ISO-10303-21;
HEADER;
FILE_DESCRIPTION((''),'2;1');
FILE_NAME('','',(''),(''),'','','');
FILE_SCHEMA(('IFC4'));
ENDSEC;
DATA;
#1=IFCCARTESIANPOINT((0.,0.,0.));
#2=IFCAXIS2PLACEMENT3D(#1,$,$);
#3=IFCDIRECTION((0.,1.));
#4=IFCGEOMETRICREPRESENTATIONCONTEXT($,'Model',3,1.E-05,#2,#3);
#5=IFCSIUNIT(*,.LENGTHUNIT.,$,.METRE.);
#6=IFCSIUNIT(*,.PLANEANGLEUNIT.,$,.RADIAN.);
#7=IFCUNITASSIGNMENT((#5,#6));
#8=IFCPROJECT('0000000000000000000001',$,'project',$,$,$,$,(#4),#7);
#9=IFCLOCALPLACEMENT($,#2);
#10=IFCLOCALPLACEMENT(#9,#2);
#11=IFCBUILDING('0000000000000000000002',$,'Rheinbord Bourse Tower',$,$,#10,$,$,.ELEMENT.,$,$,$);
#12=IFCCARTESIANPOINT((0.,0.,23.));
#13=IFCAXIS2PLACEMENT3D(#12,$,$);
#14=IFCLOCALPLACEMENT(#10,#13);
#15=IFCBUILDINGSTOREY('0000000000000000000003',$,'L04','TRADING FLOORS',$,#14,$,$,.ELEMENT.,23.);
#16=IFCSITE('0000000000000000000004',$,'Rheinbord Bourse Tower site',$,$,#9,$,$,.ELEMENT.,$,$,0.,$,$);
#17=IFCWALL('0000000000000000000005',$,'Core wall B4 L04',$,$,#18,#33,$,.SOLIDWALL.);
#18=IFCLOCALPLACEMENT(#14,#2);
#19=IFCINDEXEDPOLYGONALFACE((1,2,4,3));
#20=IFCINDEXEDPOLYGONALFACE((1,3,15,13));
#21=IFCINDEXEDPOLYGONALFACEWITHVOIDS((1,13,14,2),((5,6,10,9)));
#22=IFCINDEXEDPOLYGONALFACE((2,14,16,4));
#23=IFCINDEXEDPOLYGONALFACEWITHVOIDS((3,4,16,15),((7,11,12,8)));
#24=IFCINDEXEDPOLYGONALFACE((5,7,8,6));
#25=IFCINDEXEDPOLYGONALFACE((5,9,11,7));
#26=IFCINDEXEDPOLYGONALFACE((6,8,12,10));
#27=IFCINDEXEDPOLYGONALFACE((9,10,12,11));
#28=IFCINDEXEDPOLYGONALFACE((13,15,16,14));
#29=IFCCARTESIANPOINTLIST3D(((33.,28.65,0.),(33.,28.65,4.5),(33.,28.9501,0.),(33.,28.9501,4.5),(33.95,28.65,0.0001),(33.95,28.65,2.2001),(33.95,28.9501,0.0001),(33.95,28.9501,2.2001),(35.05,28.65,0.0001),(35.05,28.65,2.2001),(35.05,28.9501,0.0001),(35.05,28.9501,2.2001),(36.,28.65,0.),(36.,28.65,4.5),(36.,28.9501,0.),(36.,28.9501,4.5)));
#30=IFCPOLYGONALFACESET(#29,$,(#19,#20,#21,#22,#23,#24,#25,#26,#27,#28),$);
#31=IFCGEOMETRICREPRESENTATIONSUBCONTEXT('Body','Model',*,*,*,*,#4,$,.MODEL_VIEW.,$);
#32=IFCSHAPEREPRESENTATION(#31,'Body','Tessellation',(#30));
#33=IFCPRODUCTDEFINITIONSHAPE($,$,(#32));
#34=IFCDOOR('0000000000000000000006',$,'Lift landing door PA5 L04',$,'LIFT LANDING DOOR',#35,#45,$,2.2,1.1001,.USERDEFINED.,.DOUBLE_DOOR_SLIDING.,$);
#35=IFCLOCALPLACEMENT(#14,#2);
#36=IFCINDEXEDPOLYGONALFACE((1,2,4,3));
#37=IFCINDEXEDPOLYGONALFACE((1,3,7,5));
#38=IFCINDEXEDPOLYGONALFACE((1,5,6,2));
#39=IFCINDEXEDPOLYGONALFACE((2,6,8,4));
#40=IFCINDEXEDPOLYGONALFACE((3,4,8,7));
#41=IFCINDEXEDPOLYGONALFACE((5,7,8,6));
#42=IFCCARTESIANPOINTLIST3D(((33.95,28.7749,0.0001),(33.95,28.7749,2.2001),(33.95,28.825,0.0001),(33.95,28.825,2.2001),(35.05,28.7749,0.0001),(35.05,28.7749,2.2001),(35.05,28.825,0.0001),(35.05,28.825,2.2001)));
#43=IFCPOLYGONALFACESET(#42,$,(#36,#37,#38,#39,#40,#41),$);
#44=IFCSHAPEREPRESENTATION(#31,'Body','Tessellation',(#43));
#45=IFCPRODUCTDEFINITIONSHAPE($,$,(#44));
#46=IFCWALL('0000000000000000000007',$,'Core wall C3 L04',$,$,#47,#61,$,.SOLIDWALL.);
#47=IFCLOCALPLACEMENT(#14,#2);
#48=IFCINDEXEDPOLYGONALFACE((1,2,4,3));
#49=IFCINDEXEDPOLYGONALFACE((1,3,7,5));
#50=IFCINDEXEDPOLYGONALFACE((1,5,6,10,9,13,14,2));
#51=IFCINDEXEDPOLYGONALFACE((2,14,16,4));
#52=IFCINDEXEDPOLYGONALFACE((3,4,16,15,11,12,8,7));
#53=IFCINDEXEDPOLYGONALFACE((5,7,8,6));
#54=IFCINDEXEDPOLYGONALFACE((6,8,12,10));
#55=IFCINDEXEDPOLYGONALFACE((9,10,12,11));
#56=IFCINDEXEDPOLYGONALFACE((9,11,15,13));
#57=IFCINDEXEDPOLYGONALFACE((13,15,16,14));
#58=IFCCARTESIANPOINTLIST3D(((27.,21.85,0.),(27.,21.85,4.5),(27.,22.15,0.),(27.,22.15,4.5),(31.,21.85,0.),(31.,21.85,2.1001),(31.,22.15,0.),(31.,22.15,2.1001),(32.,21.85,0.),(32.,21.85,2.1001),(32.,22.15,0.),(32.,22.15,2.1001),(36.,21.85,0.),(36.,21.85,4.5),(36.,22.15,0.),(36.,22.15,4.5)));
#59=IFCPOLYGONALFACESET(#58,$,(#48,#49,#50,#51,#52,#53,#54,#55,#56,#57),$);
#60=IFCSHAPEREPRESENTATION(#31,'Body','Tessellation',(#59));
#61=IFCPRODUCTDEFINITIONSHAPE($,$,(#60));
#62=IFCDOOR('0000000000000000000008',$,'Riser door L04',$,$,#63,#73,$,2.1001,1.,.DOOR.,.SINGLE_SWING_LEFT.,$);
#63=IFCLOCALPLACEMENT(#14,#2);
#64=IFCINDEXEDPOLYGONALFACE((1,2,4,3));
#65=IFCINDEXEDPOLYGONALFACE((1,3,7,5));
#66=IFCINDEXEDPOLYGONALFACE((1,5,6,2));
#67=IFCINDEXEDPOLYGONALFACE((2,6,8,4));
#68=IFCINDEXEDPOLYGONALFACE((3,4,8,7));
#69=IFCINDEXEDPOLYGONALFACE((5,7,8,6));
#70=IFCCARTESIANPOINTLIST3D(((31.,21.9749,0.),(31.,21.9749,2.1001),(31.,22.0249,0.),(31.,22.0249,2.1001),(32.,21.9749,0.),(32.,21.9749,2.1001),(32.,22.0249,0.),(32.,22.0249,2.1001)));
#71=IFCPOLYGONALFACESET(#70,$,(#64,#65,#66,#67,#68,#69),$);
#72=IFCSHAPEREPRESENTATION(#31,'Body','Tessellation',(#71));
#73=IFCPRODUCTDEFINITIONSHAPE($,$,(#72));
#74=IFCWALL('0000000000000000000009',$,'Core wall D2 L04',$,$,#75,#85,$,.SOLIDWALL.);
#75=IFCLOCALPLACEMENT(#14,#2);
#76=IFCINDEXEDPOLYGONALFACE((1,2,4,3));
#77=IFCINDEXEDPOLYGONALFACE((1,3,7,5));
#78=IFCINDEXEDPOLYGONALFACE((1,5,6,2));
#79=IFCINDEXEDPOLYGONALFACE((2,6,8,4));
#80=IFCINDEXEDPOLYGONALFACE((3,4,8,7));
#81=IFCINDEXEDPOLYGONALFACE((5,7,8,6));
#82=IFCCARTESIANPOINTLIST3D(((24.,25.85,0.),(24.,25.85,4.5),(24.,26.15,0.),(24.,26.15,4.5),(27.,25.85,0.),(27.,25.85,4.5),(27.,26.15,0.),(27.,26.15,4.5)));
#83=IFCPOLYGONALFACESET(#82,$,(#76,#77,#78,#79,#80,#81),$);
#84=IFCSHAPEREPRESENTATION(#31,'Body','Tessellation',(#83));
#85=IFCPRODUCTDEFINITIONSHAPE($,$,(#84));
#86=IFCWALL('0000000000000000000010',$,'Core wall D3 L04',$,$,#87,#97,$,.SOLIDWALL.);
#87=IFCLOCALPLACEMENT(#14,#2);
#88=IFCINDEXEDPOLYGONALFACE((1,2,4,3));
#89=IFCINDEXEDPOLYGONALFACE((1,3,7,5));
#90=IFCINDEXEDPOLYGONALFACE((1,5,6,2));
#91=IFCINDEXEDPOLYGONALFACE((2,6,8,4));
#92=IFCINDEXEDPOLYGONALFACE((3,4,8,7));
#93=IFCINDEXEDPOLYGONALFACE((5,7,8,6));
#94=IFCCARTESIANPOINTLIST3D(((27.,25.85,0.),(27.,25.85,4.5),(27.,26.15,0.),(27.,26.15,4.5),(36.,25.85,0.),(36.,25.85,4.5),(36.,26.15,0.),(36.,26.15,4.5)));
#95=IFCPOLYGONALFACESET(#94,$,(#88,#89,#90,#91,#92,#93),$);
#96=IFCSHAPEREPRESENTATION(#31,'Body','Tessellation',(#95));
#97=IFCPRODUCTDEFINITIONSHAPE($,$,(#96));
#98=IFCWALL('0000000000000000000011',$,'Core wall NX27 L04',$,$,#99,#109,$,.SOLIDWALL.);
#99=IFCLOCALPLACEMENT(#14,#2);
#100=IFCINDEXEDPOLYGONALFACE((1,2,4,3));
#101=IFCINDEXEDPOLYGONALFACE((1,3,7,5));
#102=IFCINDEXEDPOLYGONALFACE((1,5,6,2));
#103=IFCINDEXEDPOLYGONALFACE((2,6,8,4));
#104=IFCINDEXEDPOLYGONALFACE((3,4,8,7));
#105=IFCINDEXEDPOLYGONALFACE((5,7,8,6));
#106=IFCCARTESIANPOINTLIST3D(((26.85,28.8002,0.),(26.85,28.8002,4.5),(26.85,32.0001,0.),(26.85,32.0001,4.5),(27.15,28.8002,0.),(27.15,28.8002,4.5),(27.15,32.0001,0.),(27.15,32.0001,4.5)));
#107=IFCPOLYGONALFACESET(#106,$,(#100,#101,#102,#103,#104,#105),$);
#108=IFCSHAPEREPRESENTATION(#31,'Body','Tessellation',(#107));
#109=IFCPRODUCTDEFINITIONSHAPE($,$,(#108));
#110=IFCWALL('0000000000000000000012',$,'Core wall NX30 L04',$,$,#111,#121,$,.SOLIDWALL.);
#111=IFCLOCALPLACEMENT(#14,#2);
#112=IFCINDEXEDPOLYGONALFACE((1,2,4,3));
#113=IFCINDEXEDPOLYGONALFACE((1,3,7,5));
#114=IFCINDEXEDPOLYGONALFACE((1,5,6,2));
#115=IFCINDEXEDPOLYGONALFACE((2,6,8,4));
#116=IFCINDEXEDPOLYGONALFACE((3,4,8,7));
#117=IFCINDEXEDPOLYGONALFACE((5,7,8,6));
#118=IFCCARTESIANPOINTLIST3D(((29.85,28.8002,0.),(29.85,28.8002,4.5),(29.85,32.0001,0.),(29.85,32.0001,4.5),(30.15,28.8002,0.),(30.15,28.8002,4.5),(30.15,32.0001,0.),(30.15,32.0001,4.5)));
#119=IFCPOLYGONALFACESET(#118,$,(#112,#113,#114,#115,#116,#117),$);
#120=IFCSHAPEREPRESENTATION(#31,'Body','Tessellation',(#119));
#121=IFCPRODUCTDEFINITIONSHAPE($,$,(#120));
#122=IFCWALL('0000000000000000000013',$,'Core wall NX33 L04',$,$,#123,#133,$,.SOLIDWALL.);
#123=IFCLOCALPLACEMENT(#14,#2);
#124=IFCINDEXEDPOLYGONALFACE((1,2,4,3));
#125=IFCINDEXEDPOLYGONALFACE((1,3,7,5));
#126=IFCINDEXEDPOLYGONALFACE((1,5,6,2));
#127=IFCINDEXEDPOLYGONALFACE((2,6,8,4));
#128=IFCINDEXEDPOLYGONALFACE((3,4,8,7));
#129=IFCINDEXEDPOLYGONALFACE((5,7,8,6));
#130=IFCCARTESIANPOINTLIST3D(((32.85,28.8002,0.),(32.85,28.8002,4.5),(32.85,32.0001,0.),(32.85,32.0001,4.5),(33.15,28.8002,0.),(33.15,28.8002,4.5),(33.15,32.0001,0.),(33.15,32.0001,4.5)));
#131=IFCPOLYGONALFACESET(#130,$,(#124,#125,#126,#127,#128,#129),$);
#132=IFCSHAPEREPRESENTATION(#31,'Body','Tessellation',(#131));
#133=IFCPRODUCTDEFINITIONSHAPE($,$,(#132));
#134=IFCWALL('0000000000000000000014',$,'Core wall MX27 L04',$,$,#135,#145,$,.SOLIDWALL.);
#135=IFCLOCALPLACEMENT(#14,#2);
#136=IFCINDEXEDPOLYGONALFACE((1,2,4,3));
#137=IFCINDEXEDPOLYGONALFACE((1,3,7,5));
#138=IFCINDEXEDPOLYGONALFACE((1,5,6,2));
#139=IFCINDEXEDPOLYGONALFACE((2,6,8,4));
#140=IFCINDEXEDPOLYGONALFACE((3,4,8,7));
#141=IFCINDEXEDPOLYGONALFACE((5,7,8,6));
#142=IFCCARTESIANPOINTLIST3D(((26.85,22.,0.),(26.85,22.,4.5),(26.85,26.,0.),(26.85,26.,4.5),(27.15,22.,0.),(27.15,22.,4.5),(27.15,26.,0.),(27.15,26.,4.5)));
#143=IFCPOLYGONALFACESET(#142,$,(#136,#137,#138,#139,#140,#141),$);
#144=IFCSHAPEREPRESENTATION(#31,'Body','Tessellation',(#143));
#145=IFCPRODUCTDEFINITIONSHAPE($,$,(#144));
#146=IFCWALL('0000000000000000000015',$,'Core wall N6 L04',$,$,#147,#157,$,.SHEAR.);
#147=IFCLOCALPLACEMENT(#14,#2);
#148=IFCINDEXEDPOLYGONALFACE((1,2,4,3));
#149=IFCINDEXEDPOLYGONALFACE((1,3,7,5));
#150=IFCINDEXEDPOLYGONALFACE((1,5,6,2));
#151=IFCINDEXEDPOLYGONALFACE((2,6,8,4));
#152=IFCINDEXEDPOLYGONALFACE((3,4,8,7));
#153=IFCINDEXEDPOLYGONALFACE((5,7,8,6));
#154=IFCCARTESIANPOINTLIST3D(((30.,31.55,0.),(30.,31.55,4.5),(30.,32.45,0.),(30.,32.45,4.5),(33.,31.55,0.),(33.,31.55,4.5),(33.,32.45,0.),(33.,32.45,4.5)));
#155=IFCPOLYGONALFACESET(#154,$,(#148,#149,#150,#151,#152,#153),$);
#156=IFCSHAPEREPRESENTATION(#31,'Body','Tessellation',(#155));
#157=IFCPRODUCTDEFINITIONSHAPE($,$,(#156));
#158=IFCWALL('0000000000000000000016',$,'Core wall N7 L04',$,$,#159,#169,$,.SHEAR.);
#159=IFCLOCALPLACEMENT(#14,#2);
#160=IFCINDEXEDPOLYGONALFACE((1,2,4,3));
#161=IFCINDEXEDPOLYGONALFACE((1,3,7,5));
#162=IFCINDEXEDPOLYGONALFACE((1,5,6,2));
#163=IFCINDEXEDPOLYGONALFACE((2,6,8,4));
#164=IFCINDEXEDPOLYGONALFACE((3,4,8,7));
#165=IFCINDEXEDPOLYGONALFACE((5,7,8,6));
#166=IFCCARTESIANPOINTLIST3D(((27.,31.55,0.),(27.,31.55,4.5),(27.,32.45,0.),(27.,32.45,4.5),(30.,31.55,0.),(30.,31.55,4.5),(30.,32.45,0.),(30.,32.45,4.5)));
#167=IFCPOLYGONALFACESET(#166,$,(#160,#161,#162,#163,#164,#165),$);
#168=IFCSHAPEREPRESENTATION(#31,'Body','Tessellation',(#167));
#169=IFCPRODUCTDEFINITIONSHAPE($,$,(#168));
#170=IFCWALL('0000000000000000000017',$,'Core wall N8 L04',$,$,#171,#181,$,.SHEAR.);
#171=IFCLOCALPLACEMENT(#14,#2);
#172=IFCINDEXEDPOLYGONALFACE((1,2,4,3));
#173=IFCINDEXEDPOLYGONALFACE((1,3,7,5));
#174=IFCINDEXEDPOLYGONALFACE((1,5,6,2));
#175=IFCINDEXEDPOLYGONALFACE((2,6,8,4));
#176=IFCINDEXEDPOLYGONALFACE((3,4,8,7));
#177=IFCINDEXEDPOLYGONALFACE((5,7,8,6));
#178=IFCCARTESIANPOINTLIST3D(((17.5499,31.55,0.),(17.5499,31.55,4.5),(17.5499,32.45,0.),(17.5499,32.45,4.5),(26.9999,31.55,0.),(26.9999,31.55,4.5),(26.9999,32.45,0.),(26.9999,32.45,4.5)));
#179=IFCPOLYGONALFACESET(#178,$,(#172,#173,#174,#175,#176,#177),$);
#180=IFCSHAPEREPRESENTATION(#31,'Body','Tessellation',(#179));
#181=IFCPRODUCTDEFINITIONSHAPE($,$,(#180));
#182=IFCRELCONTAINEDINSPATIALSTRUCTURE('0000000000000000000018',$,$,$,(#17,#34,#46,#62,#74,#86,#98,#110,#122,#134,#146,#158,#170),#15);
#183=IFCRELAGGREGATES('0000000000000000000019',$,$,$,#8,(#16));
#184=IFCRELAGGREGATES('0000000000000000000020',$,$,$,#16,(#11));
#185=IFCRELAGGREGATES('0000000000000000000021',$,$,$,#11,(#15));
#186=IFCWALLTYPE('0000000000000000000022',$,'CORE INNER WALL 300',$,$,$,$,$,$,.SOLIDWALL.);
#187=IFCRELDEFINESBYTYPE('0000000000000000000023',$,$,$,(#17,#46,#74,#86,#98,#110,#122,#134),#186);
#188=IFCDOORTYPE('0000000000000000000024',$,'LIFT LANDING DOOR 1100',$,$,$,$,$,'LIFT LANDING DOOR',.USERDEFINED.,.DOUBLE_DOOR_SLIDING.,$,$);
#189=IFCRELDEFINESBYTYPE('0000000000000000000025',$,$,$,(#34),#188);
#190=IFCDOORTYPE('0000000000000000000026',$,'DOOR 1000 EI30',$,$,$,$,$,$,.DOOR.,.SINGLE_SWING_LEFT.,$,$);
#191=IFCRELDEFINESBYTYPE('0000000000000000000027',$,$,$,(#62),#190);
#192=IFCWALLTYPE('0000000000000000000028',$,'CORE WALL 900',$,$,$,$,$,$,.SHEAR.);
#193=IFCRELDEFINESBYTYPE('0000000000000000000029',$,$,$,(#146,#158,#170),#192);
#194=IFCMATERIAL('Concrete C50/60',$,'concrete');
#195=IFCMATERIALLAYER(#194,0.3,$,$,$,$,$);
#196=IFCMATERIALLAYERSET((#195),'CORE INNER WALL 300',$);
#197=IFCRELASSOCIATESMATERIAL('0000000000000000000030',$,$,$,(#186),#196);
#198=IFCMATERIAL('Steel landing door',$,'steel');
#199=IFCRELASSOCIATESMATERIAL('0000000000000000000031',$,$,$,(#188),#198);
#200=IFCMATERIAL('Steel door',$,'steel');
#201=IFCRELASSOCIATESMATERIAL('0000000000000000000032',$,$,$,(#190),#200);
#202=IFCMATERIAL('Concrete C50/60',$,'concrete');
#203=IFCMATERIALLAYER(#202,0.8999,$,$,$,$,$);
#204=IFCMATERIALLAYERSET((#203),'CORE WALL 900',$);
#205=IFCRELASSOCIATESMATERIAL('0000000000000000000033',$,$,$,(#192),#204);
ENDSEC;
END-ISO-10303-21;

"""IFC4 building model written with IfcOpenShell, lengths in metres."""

from ifc_helpers import new_model, si_unit, direction, frame, frame_2d, origin, place, context, subcontext, project, spatial, rectangle, extrude, material, layer, layer_set, type_object, element, fill, save


model = new_model("IFC4")

# Units and contexts
model_context = context("Model", 3, precision=1e-05, world=origin(), true_north=direction((0.0, 1.0)))
body_context = subcontext(model_context, "Body", "Model", "MODEL_VIEW")
ifc_project = project(units=[si_unit("LENGTHUNIT", "METRE"), si_unit("PLANEANGLEUNIT", "RADIAN")], contexts=[model_context])

# Site, building, storey
site_placement = place(None, origin())
site = spatial("IfcSite", under=ifc_project, at=site_placement, Name="Rheinbord Bourse Tower site", CompositionType="ELEMENT", RefElevation=0.0)
building_placement = place(site_placement, origin())
building = spatial("IfcBuilding", under=site, at=building_placement, Name="Rheinbord Bourse Tower", CompositionType="ELEMENT")
storey_placement = place(building_placement, frame((0.0, 0.0, 23.0)))
storey = spatial("IfcBuildingStorey", under=building, at=storey_placement, Name="L04", Description="TRADING FLOORS", CompositionType="ELEMENT", Elevation=23.0)

# Walls, openings, doors
ifc_material_1 = material(Name="Concrete C50/60", Category="concrete")
ifc_layer_1 = layer(ifc_material_1, 0.3)
ifc_layer_set_1 = layer_set([ifc_layer_1], Name="CORE INNER WALL 300")
wall_type_1 = type_object("IfcWallType", Name="CORE INNER WALL 300", PredefinedType="SOLIDWALL", material=ifc_layer_set_1)
ifc_material_2 = material(Name="Steel landing door", Category="steel")
door_type_1 = type_object("IfcDoorType", Name="LIFT LANDING DOOR 1100", ElementType="LIFT LANDING DOOR", OperationType="DOUBLE_DOOR_SLIDING", PredefinedType="USERDEFINED", material=ifc_material_2)
wall_1_placement = place(storey_placement, frame((33.0, 28.8, 0.0), z_axis=(0.0, 0.0, 1.0), x_axis=(1.0, 0.0, 0.0)))
wall_1 = element("IfcWall", 1, at=wall_1_placement, inside=storey, type_object=wall_type_1, Name="Core wall B4 L04", PredefinedType="SOLIDWALL", context=body_context, shape_type="SweptSolid", body=[
    extrude(rectangle(XDim=3.0, YDim=0.3, at=frame_2d((1.5, 0.0))), origin(), (0.0, 0.0, 1.0), 4.5),
])
opening_1_placement = place(wall_1_placement, frame((0.95, 0.0, 0.0)))
opening_1 = element("IfcOpeningElement", 2, at=opening_1_placement, cuts=wall_1, PredefinedType="OPENING", context=body_context, shape_type="SweptSolid", body=[
    extrude(rectangle(XDim=1.1001, YDim=2.2, at=frame_2d((0.55, 1.1001))), frame((0.0, 0.1599, 0.0), z_axis=(0.0, -1.0, 0.0), x_axis=(1.0, 0.0, 0.0)), (0.0, 0.0, 1.0), 0.3201),
])
door_1_placement = place(opening_1_placement, origin())
door_1 = element("IfcDoor", 3, at=door_1_placement, inside=storey, type_object=door_type_1, Name="Lift landing door PA5 L04", ObjectType="LIFT LANDING DOOR", OperationType="DOUBLE_DOOR_SLIDING", OverallHeight=2.2, OverallWidth=1.1001, PredefinedType="USERDEFINED", context=body_context, shape_type="SweptSolid", body=[
    extrude(rectangle(XDim=1.1001, YDim=2.2, at=frame_2d((0.55, 1.1001))), frame((0.0, 0.0249, 0.0), z_axis=(0.0, -1.0, 0.0), x_axis=(1.0, 0.0, 0.0)), (0.0, 0.0, 1.0), 0.05),
])
fill(opening_1, door_1)
wall_2_placement = place(storey_placement, frame((27.0, 22.0, 0.0), z_axis=(0.0, 0.0, 1.0), x_axis=(1.0, 0.0, 0.0)))
wall_2 = element("IfcWall", 4, at=wall_2_placement, inside=storey, type_object=wall_type_1, Name="Core wall C3 L04", PredefinedType="SOLIDWALL", context=body_context, shape_type="SweptSolid", body=[
    extrude(rectangle(XDim=9.0, YDim=0.3, at=frame_2d((4.5, 0.0))), origin(), (0.0, 0.0, 1.0), 4.5),
])
opening_2_placement = place(wall_2_placement, frame((4.0, 0.0, 0.0)))
opening_2 = element("IfcOpeningElement", 5, at=opening_2_placement, cuts=wall_2, PredefinedType="OPENING", context=body_context, shape_type="SweptSolid", body=[
    extrude(rectangle(XDim=1.0, YDim=2.1001, at=frame_2d((0.5, 1.05))), frame((0.0, 0.1599, 0.0), z_axis=(0.0, -1.0, 0.0), x_axis=(1.0, 0.0, 0.0)), (0.0, 0.0, 1.0), 0.3201),
])
ifc_material_3 = material(Name="Steel door", Category="steel")
door_type_2 = type_object("IfcDoorType", Name="DOOR 1000 EI30", OperationType="SINGLE_SWING_LEFT", PredefinedType="DOOR", material=ifc_material_3)
door_2_placement = place(opening_2_placement, origin())
door_2 = element("IfcDoor", 6, at=door_2_placement, inside=storey, type_object=door_type_2, Name="Riser door L04", OperationType="SINGLE_SWING_LEFT", OverallHeight=2.1001, OverallWidth=1.0, PredefinedType="DOOR", context=body_context, shape_type="SweptSolid", body=[
    extrude(rectangle(XDim=1.0, YDim=2.1001, at=frame_2d((0.5, 1.05))), frame((0.0, 0.0249, 0.0), z_axis=(0.0, -1.0, 0.0), x_axis=(1.0, 0.0, 0.0)), (0.0, 0.0, 1.0), 0.05),
])
fill(opening_2, door_2)

# Walls
wall_3_placement = place(storey_placement, frame((24.0, 26.0, 0.0), z_axis=(0.0, 0.0, 1.0), x_axis=(1.0, 0.0, 0.0)))
element("IfcWall", 7, at=wall_3_placement, inside=storey, type_object=wall_type_1, Name="Core wall D2 L04", PredefinedType="SOLIDWALL", context=body_context, shape_type="SweptSolid", body=[
    extrude(rectangle(XDim=3.0, YDim=0.3, at=frame_2d((1.5, 0.0))), origin(), (0.0, 0.0, 1.0), 4.5),
])
wall_4_placement = place(storey_placement, frame((27.0, 26.0, 0.0), z_axis=(0.0, 0.0, 1.0), x_axis=(1.0, 0.0, 0.0)))
element("IfcWall", 8, at=wall_4_placement, inside=storey, type_object=wall_type_1, Name="Core wall D3 L04", PredefinedType="SOLIDWALL", context=body_context, shape_type="SweptSolid", body=[
    extrude(rectangle(XDim=9.0, YDim=0.3, at=frame_2d((4.5, 0.0))), origin(), (0.0, 0.0, 1.0), 4.5),
])
for number, where, z_axis, x_axis, name in (
    (9, (27.0, 28.8, 0.0), (0.0, 0.0, 1.0), (0.0, 1.0, 0.0), "Core wall NX27 L04"),
    (10, (30.0, 28.8, 0.0), (0.0, 0.0, 1.0), (0.0, 1.0, 0.0), "Core wall NX30 L04"),
    (11, (33.0, 28.8, 0.0), (0.0, 0.0, 1.0), (0.0, 1.0, 0.0), "Core wall NX33 L04"),
):
    element("IfcWall", number, at=place(storey_placement, frame(where, z_axis=z_axis, x_axis=x_axis)), inside=storey, type_object=wall_type_1, Name=name, PredefinedType="SOLIDWALL", context=body_context, shape_type="SweptSolid", body=[
        extrude(rectangle(XDim=3.2, YDim=0.3, at=frame_2d((1.6001, 0.0))), origin(), (0.0, 0.0, 1.0), 4.5),
    ])
wall_5_placement = place(storey_placement, frame((27.0, 22.0, 0.0), z_axis=(0.0, 0.0, 1.0), x_axis=(0.0, 1.0, 0.0)))
element("IfcWall", 12, at=wall_5_placement, inside=storey, type_object=wall_type_1, Name="Core wall MX27 L04", PredefinedType="SOLIDWALL", context=body_context, shape_type="SweptSolid", body=[
    extrude(rectangle(XDim=4.0, YDim=0.3, at=frame_2d((2.0, 0.0))), origin(), (0.0, 0.0, 1.0), 4.5),
])
ifc_material_4 = material(Name="Concrete C50/60", Category="concrete")
ifc_layer_2 = layer(ifc_material_4, 0.8999)
ifc_layer_set_2 = layer_set([ifc_layer_2], Name="CORE WALL 900")
wall_type_2 = type_object("IfcWallType", Name="CORE WALL 900", PredefinedType="SHEAR", material=ifc_layer_set_2)
for number, where, z_axis, x_axis, name in (
    (13, (33.0, 32.0, 0.0), (0.0, 0.0, 1.0), (-1.0, 0.0, 0.0), "Core wall N6 L04"),
    (14, (30.0, 32.0, 0.0), (0.0, 0.0, 1.0), (-1.0, 0.0, 0.0), "Core wall N7 L04"),
):
    element("IfcWall", number, at=place(storey_placement, frame(where, z_axis=z_axis, x_axis=x_axis)), inside=storey, type_object=wall_type_2, Name=name, PredefinedType="SHEAR", context=body_context, shape_type="SweptSolid", body=[
        extrude(rectangle(XDim=3.0, YDim=0.8999, at=frame_2d((1.5, 0.0))), origin(), (0.0, 0.0, 1.0), 4.5),
    ])
wall_6_placement = place(storey_placement, frame((27.0, 32.0, 0.0), z_axis=(0.0, 0.0, 1.0), x_axis=(-1.0, 0.0, 0.0)))
element("IfcWall", 15, at=wall_6_placement, inside=storey, type_object=wall_type_2, Name="Core wall N8 L04", PredefinedType="SHEAR", context=body_context, shape_type="SweptSolid", body=[
    extrude(rectangle(XDim=9.45, YDim=0.8999, at=frame_2d((4.7251, 0.0))), origin(), (0.0, 0.0, 1.0), 4.5),
])

save(model, "model.ifc")
